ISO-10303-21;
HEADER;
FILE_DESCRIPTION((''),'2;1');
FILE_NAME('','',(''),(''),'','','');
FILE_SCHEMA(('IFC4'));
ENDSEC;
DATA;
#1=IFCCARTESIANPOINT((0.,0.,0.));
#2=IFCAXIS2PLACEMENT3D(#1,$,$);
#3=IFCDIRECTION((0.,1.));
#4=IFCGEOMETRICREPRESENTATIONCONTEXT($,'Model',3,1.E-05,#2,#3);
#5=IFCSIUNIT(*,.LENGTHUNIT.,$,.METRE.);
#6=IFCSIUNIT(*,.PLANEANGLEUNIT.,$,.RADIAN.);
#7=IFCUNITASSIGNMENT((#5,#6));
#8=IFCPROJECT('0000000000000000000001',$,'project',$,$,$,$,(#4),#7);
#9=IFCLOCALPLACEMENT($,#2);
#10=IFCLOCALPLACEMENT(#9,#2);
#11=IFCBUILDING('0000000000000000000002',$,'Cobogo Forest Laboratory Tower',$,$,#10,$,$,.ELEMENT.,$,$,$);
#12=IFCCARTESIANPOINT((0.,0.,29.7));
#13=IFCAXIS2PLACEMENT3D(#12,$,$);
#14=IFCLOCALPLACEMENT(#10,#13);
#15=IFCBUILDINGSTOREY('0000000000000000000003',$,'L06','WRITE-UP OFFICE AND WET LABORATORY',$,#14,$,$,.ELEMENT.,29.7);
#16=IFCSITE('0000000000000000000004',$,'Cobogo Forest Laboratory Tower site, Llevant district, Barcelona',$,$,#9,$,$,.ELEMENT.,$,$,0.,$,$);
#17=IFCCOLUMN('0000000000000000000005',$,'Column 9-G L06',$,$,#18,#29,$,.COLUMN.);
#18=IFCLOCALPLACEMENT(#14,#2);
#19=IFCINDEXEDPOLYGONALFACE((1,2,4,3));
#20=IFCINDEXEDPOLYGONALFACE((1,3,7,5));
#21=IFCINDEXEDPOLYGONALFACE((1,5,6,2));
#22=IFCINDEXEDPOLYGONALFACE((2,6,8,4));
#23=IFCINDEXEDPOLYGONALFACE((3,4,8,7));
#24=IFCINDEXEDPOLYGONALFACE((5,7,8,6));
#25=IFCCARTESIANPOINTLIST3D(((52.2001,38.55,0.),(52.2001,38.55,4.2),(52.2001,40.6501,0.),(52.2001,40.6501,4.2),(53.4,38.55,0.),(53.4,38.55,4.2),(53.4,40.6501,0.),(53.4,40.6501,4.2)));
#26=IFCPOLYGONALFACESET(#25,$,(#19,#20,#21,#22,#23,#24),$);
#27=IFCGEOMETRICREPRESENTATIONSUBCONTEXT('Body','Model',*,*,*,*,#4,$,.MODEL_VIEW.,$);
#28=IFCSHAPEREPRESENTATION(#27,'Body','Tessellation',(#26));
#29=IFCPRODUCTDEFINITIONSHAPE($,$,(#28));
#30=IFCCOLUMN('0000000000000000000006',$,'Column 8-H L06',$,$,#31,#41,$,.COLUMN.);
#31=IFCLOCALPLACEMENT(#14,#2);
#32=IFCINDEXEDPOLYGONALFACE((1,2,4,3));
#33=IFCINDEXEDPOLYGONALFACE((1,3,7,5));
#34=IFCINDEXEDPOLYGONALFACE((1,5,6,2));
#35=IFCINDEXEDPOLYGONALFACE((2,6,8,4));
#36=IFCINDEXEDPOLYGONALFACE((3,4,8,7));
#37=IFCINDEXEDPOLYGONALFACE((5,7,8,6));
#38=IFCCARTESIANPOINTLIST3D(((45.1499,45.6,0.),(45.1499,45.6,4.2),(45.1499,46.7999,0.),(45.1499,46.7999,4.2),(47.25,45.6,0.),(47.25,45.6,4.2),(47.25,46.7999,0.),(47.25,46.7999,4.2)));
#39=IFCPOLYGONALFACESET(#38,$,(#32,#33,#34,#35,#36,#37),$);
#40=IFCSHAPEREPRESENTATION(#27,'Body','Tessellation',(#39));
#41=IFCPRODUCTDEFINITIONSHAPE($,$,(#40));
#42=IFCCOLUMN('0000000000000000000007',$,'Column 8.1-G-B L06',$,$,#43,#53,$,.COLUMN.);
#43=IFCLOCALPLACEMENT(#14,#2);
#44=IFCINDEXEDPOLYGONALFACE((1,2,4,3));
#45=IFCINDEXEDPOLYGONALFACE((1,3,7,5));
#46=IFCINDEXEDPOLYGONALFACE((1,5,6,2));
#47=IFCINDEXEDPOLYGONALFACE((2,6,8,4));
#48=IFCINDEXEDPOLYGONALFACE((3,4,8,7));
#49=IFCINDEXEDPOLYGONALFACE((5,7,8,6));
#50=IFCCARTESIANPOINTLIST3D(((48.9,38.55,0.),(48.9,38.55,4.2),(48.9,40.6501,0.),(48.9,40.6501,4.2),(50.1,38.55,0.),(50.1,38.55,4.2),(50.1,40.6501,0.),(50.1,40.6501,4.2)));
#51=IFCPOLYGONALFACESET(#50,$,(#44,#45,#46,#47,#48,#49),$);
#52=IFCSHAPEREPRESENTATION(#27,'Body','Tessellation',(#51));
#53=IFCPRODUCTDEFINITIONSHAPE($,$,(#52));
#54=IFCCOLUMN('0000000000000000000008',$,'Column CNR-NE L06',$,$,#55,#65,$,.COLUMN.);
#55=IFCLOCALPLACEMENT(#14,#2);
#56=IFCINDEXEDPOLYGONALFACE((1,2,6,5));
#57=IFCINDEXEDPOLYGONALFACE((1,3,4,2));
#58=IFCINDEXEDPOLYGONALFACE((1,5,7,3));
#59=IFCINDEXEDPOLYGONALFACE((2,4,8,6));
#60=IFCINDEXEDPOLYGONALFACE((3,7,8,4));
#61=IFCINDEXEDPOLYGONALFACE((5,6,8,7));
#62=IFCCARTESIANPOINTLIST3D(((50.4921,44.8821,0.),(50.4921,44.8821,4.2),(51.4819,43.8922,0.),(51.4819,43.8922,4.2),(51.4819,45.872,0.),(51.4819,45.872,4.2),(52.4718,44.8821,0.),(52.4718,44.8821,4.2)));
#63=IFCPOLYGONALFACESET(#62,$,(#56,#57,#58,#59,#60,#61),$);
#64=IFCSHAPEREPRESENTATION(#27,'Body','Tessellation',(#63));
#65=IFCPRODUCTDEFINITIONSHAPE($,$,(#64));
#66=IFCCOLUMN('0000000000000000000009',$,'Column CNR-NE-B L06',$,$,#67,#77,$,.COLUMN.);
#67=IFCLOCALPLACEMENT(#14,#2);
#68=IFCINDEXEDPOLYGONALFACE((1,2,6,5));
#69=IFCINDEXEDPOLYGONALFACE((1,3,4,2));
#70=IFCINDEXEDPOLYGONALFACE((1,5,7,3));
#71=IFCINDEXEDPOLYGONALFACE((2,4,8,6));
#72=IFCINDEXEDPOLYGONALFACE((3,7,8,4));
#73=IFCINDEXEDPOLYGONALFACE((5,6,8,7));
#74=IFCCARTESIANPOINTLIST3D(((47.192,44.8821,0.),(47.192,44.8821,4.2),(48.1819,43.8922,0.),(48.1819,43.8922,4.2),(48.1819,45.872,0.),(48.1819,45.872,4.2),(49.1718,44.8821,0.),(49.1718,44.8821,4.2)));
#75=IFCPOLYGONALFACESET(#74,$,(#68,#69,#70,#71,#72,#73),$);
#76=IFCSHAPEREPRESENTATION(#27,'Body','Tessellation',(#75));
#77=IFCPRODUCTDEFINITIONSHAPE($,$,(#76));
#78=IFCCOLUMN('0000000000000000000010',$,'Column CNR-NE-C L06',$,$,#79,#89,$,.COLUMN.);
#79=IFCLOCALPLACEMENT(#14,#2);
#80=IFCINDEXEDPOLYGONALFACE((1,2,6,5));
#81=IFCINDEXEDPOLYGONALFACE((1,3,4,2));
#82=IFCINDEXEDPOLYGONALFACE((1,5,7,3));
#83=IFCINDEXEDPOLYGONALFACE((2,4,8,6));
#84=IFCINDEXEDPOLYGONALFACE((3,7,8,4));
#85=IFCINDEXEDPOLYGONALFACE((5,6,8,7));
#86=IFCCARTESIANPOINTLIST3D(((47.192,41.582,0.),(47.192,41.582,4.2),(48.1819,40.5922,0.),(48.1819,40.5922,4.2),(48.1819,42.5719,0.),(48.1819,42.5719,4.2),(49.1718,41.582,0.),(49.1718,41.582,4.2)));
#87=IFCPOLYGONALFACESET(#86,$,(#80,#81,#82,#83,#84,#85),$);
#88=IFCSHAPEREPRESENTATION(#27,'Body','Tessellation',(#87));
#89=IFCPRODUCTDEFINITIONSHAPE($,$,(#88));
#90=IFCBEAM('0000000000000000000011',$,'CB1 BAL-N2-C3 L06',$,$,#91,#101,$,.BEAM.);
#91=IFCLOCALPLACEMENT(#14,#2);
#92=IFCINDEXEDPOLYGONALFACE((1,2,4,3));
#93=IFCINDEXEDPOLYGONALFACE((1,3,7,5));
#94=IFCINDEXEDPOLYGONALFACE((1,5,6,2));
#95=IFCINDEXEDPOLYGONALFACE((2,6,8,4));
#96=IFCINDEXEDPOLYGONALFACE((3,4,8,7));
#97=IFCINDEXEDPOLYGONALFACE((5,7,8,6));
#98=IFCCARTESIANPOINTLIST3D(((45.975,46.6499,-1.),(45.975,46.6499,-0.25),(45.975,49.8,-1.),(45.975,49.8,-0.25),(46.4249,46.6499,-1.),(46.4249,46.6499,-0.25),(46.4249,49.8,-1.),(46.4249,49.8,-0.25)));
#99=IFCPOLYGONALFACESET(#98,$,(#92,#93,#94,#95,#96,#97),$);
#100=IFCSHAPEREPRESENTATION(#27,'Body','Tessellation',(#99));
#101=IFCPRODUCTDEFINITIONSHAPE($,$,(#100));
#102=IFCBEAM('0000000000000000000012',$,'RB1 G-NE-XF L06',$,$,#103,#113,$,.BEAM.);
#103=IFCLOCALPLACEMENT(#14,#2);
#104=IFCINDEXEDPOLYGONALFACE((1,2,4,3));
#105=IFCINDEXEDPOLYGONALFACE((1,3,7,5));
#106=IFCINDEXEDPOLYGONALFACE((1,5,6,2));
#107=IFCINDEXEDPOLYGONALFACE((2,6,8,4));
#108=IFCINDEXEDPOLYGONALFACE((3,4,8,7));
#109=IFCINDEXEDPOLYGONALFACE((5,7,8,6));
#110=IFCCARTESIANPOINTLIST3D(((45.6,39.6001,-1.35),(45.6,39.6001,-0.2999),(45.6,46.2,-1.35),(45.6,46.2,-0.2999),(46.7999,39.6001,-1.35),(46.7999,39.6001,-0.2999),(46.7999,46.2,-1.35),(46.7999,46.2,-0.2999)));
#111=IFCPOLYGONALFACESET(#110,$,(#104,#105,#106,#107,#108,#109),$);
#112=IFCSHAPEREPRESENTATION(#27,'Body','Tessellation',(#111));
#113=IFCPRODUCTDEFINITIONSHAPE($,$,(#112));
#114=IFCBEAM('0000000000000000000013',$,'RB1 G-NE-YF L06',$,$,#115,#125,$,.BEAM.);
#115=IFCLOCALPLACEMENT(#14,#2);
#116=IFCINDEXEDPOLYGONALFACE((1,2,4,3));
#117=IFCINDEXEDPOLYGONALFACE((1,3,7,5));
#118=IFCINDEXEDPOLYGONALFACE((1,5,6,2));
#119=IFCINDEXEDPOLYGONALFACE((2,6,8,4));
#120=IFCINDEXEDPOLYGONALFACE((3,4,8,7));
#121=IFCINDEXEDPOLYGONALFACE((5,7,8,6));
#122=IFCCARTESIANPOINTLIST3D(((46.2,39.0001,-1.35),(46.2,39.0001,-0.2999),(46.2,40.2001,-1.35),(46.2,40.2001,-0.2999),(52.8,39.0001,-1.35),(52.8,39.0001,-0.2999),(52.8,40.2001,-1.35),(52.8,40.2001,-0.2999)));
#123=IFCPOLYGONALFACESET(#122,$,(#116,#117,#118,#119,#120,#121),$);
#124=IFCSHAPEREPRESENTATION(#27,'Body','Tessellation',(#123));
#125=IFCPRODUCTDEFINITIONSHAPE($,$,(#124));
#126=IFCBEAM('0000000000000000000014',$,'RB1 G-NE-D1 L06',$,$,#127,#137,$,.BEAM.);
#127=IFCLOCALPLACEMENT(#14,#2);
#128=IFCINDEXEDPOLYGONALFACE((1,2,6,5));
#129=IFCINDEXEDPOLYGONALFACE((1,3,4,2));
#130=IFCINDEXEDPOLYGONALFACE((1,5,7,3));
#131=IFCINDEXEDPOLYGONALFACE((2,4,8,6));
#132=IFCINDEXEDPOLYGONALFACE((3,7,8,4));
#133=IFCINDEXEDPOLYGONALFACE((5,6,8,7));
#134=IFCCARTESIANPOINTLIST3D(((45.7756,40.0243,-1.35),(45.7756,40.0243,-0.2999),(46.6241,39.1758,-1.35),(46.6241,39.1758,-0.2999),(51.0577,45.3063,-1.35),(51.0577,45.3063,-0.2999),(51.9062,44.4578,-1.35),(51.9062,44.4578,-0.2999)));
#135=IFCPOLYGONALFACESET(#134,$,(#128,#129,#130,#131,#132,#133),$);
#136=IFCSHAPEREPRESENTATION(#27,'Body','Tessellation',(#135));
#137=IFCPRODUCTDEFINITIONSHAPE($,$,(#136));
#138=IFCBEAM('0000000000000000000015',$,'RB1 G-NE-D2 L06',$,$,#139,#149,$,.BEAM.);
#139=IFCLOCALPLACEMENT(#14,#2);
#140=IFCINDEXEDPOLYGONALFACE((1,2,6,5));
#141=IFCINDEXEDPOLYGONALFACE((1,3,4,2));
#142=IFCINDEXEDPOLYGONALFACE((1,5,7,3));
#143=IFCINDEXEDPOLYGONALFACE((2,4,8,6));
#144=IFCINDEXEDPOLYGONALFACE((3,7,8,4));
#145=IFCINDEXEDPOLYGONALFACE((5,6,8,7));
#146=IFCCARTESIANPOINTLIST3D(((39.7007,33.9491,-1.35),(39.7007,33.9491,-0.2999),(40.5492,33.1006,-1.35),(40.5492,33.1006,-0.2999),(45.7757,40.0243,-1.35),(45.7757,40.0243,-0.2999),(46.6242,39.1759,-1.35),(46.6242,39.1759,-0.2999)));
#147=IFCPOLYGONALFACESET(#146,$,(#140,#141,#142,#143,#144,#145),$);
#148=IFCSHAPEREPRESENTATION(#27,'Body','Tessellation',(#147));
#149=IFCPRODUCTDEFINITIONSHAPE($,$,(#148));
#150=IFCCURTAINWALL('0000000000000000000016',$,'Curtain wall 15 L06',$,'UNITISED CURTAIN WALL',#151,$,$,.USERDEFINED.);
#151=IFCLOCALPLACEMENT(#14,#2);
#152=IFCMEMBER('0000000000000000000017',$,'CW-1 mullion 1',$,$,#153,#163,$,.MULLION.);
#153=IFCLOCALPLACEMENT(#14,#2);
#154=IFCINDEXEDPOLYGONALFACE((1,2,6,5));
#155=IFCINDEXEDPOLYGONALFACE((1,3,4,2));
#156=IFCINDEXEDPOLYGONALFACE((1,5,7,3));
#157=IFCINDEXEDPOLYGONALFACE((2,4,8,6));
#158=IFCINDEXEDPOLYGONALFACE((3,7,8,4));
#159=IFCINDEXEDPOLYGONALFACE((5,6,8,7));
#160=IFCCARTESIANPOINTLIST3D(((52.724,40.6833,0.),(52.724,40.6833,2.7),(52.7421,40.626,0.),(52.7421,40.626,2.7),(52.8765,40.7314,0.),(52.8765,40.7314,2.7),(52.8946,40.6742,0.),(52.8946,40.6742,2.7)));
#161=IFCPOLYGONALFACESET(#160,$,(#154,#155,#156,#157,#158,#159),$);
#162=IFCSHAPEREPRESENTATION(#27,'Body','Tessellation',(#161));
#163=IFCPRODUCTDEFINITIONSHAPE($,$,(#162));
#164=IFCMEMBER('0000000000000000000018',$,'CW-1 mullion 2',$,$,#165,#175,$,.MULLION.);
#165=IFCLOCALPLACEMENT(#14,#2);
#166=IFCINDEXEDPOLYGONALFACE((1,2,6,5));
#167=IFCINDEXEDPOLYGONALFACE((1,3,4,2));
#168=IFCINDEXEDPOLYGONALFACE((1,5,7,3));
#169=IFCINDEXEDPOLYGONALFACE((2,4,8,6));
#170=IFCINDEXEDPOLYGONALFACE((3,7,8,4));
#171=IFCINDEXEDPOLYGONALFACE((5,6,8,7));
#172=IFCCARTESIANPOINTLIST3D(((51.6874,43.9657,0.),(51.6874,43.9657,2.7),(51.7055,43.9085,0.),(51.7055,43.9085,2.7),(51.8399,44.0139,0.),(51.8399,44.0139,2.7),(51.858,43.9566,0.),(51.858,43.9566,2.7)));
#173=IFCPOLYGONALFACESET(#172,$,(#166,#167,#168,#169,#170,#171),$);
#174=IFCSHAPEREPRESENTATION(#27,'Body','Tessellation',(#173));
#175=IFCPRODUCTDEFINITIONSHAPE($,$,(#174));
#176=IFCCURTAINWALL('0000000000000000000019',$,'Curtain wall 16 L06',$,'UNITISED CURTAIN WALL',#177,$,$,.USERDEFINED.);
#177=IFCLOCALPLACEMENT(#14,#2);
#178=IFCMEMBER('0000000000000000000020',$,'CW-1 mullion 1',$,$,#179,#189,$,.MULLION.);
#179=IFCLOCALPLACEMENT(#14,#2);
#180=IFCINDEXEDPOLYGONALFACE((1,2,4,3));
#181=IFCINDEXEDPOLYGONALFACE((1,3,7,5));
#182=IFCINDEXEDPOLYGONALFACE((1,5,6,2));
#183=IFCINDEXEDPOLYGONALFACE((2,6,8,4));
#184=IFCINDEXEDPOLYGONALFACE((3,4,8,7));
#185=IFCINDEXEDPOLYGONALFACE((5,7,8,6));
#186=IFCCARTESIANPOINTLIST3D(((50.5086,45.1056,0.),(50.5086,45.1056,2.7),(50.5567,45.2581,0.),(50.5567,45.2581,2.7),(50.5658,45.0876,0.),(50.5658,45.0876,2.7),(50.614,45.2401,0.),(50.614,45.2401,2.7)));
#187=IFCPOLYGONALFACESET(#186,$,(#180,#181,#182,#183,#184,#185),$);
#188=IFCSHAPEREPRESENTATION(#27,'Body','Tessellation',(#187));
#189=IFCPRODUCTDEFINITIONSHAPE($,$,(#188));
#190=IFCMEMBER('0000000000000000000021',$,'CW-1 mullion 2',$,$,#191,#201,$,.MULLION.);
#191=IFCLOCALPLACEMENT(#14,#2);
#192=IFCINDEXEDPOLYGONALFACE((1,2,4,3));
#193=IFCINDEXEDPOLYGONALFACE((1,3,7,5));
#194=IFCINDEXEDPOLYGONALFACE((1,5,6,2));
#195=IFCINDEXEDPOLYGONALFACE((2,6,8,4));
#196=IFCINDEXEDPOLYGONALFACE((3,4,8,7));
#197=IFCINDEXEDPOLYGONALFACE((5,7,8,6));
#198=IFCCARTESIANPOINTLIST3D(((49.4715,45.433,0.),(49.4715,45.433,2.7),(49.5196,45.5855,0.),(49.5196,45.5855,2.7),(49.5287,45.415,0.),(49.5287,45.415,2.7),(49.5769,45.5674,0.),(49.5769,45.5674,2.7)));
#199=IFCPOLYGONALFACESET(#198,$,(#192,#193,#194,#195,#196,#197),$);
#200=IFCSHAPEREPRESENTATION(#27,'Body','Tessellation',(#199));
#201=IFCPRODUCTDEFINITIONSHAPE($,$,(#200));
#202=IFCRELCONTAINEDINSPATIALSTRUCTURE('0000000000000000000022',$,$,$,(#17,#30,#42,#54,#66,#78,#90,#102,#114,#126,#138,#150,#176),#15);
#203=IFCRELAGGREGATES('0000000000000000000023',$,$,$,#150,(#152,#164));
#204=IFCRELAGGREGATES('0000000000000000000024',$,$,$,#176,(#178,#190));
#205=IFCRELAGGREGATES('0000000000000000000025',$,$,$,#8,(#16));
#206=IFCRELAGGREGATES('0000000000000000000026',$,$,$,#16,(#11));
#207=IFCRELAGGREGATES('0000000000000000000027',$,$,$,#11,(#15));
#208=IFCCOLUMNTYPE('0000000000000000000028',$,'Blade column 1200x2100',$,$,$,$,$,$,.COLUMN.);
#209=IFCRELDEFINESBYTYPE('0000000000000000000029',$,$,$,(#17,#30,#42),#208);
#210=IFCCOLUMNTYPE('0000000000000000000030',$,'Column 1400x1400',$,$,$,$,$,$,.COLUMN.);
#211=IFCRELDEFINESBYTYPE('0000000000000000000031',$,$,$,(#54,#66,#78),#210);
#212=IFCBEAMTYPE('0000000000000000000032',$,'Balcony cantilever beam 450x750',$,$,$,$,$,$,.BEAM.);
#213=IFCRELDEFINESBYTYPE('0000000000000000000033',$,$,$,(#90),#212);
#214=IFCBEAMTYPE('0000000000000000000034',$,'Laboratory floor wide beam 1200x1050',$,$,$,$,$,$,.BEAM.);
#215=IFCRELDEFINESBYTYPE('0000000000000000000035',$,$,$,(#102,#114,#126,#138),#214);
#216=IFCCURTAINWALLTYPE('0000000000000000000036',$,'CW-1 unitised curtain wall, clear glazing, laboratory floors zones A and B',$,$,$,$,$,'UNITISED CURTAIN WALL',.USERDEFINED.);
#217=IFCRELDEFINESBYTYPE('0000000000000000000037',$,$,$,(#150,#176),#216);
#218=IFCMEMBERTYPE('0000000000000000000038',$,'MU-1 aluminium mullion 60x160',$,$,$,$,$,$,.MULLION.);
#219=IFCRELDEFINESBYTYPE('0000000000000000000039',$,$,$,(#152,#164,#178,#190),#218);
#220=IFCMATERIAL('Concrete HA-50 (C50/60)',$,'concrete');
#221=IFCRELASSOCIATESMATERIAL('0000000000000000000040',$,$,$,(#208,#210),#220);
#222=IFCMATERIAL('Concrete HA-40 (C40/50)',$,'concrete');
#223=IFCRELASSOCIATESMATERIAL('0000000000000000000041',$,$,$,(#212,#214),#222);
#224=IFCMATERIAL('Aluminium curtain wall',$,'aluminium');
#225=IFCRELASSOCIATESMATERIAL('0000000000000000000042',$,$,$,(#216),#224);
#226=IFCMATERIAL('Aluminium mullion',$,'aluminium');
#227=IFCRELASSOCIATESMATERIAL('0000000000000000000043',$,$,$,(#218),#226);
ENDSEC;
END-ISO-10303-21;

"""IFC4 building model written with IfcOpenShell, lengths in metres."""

from ifc_helpers import new_model, si_unit, direction, frame, origin, origin_2d, place, context, subcontext, project, spatial, rectangle, extrude, material, material_profile, profile_set, type_object, element, aggregate, save


model = new_model("IFC4")

# Units and contexts
model_context = context("Model", 3, precision=1e-05, world=origin(), true_north=direction((0.0, 1.0)))
body_context = subcontext(model_context, "Body", "Model", "MODEL_VIEW")
ifc_project = project(units=[si_unit("LENGTHUNIT", "METRE"), si_unit("PLANEANGLEUNIT", "RADIAN")], contexts=[model_context])

# Site, building, storey
site_placement = place(None, origin())
site = spatial("IfcSite", under=ifc_project, at=site_placement, Name="Cobogo Forest Laboratory Tower site, Llevant district, Barcelona", CompositionType="ELEMENT", RefElevation=0.0)
building_placement = place(site_placement, origin())
building = spatial("IfcBuilding", under=site, at=building_placement, Name="Cobogo Forest Laboratory Tower", CompositionType="ELEMENT")
storey_placement = place(building_placement, frame((0.0, 0.0, 29.7)))
storey = spatial("IfcBuildingStorey", under=building, at=storey_placement, Name="L06", Description="WRITE-UP OFFICE AND WET LABORATORY", CompositionType="ELEMENT", Elevation=29.7)

# Columns
ifc_material_1 = material(Name="Concrete HA-50 (C50/60)", Category="concrete")
ifc_material_profile_1 = material_profile(ifc_material_1, rectangle(XDim=2.1001, YDim=1.2, at=origin_2d()), Name="RC 1200x2100")
ifc_profile_set_1 = profile_set([ifc_material_profile_1], Name="Concrete HA-50 (C50/60)")
column_type_1 = type_object("IfcColumnType", Name="Blade column 1200x2100", PredefinedType="COLUMN", material=ifc_profile_set_1)
for number, where, z_axis, x_axis, name in (
    (1, (52.8, 39.6001, 0.0), (0.0, 0.0, 1.0), (0.0, 1.0, 0.0), "Column 9-G L06"),
    (2, (46.2, 46.2, 0.0), (0.0, 0.0, 1.0), (1.0, 0.0, 0.0), "Column 8-H L06"),
    (3, (49.5, 39.6001, 0.0), (0.0, 0.0, 1.0), (0.0, 1.0, 0.0), "Column 8.1-G-B L06"),
):
    element("IfcColumn", number, at=place(storey_placement, frame(where, z_axis=z_axis, x_axis=x_axis)), inside=storey, type_object=column_type_1, Name=name, PredefinedType="COLUMN", context=body_context, shape_type="SweptSolid", body=[
        extrude(rectangle(XDim=2.1001, YDim=1.2, at=origin_2d()), origin(), (0.0, 0.0, 1.0), 4.2),
    ])
ifc_material_profile_2 = material_profile(ifc_material_1, rectangle(XDim=1.3999, YDim=1.3999, at=origin_2d()), Name="RC 1400x1400")
ifc_profile_set_2 = profile_set([ifc_material_profile_2], Name="Concrete HA-50 (C50/60)")
column_type_2 = type_object("IfcColumnType", Name="Column 1400x1400", PredefinedType="COLUMN", material=ifc_profile_set_2)
for number, where, z_axis, x_axis, name in (
    (4, (51.4819, 44.8821, 0.0), (0.0, 0.0, 1.0), (0.707107, 0.707107, 0.0), "Column CNR-NE L06"),
    (5, (48.1819, 44.8821, 0.0), (0.0, 0.0, 1.0), (0.707107, 0.707107, 0.0), "Column CNR-NE-B L06"),
    (6, (48.1819, 41.582, 0.0), (0.0, 0.0, 1.0), (0.707107, 0.707107, 0.0), "Column CNR-NE-C L06"),
):
    element("IfcColumn", number, at=place(storey_placement, frame(where, z_axis=z_axis, x_axis=x_axis)), inside=storey, type_object=column_type_2, Name=name, PredefinedType="COLUMN", context=body_context, shape_type="SweptSolid", body=[
        extrude(rectangle(XDim=1.3999, YDim=1.3999, at=origin_2d()), origin(), (0.0, 0.0, 1.0), 4.2),
    ])

# Beams
ifc_material_2 = material(Name="Concrete HA-40 (C40/50)", Category="concrete")
ifc_material_profile_3 = material_profile(ifc_material_2, rectangle(XDim=0.45, YDim=0.75, at=origin_2d()), Name="RC 450x750")
ifc_profile_set_3 = profile_set([ifc_material_profile_3], Name="Concrete HA-40 (C40/50)")
beam_type_1 = type_object("IfcBeamType", Name="Balcony cantilever beam 450x750", PredefinedType="BEAM", material=ifc_profile_set_3)
beam_1_placement = place(storey_placement, frame((46.2, 46.6499, -0.625), z_axis=(0.0, 1.0, 0.0), x_axis=(-1.0, 0.0, 0.0)))
element("IfcBeam", 7, at=beam_1_placement, inside=storey, type_object=beam_type_1, Name="CB1 BAL-N2-C3 L06", PredefinedType="BEAM", context=body_context, shape_type="SweptSolid", body=[
    extrude(rectangle(XDim=0.45, YDim=0.75, at=origin_2d()), origin(), (0.0, 0.0, 1.0), 3.1501),
])
ifc_material_profile_4 = material_profile(ifc_material_2, rectangle(XDim=1.2, YDim=1.05, at=origin_2d()), Name="RC 1200x1050")
ifc_profile_set_4 = profile_set([ifc_material_profile_4], Name="Concrete HA-40 (C40/50)")
beam_type_2 = type_object("IfcBeamType", Name="Laboratory floor wide beam 1200x1050", PredefinedType="BEAM", material=ifc_profile_set_4)
beam_2_placement = place(storey_placement, frame((46.2, 46.2, -0.825), z_axis=(0.0, -1.0, 0.0), x_axis=(1.0, 0.0, 0.0)))
element("IfcBeam", 8, at=beam_2_placement, inside=storey, type_object=beam_type_2, Name="RB1 G-NE-XF L06", PredefinedType="BEAM", context=body_context, shape_type="SweptSolid", body=[
    extrude(rectangle(XDim=1.2, YDim=1.05, at=origin_2d()), origin(), (0.0, 0.0, 1.0), 6.5999),
])
beam_3_placement = place(storey_placement, frame((52.8, 39.6001, -0.825), z_axis=(-1.0, 0.0, 0.0), x_axis=(0.0, -1.0, 0.0)))
element("IfcBeam", 9, at=beam_3_placement, inside=storey, type_object=beam_type_2, Name="RB1 G-NE-YF L06", PredefinedType="BEAM", context=body_context, shape_type="SweptSolid", body=[
    extrude(rectangle(XDim=1.2, YDim=1.05, at=origin_2d()), origin(), (0.0, 0.0, 1.0), 6.6001),
])
beam_4_placement = place(storey_placement, frame((51.4819, 44.8821, -0.825), z_axis=(-0.707107, -0.707107, 0.0), x_axis=(0.707107, -0.707107, 0.0)))
element("IfcBeam", 10, at=beam_4_placement, inside=storey, type_object=beam_type_2, Name="RB1 G-NE-D1 L06", PredefinedType="BEAM", context=body_context, shape_type="SweptSolid", body=[
    extrude(rectangle(XDim=1.2, YDim=1.05, at=origin_2d()), origin(), (0.0, 0.0, 1.0), 7.47),
])
beam_5_placement = place(storey_placement, frame((46.2, 39.6001, -0.825), z_axis=(-0.707093, -0.707121, 0.0), x_axis=(0.707121, -0.707093, 0.0)))
element("IfcBeam", 11, at=beam_5_placement, inside=storey, type_object=beam_type_2, Name="RB1 G-NE-D2 L06", PredefinedType="BEAM", context=body_context, shape_type="SweptSolid", body=[
    extrude(rectangle(XDim=1.2, YDim=1.05, at=origin_2d()), origin(), (0.0, 0.0, 1.0), 8.5916),
])

# Curtain walls, members
ifc_material_3 = material(Name="Aluminium curtain wall", Category="aluminium")
curtain_wall_type = type_object("IfcCurtainWallType", Name="CW-1 unitised curtain wall, clear glazing, laboratory floors zones A and B", ElementType="UNITISED CURTAIN WALL", PredefinedType="USERDEFINED", material=ifc_material_3)
curtain_wall_1_placement = place(storey_placement, origin())
curtain_wall_1 = element("IfcCurtainWall", 12, at=curtain_wall_1_placement, inside=storey, type_object=curtain_wall_type, Name="Curtain wall 15 L06", ObjectType="UNITISED CURTAIN WALL", PredefinedType="USERDEFINED")
ifc_material_4 = material(Name="Aluminium mullion", Category="aluminium")
ifc_material_profile_5 = material_profile(ifc_material_4, rectangle(XDim=0.0601, YDim=0.1599, at=origin_2d()), Name="AL 60x160")
ifc_profile_set_5 = profile_set([ifc_material_profile_5], Name="Aluminium mullion")
member_type_1 = type_object("IfcMemberType", Name="MU-1 aluminium mullion 60x160", PredefinedType="MULLION", material=ifc_profile_set_5)
member_1_placement = place(storey_placement, frame((52.8093, 40.6787, 0.0), z_axis=(0.0, 0.0, 1.0), x_axis=(-0.301135, 0.953581, 0.0)))
member_1 = element("IfcMember", 13, at=member_1_placement, type_object=member_type_1, Name="CW-1 mullion 1", PredefinedType="MULLION", context=body_context, shape_type="SweptSolid", body=[
    extrude(rectangle(XDim=0.0601, YDim=0.1599, at=origin_2d()), origin(), (0.0, 0.0, 1.0), 2.7),
])
member_2_placement = place(storey_placement, frame((51.7727, 43.9612, 0.0), z_axis=(0.0, 0.0, 1.0), x_axis=(-0.301135, 0.953581, 0.0)))
member_2 = element("IfcMember", 14, at=member_2_placement, type_object=member_type_1, Name="CW-1 mullion 2", PredefinedType="MULLION", context=body_context, shape_type="SweptSolid", body=[
    extrude(rectangle(XDim=0.0601, YDim=0.1599, at=origin_2d()), origin(), (0.0, 0.0, 1.0), 2.7),
])
curtain_wall_2_placement = place(storey_placement, origin())
curtain_wall_2 = element("IfcCurtainWall", 15, at=curtain_wall_2_placement, inside=storey, type_object=curtain_wall_type, Name="Curtain wall 16 L06", ObjectType="UNITISED CURTAIN WALL", PredefinedType="USERDEFINED")
member_3_placement = place(storey_placement, frame((50.5613, 45.1729, 0.0), z_axis=(0.0, 0.0, 1.0), x_axis=(-0.953581, 0.301135, 0.0)))
member_3 = element("IfcMember", 16, at=member_3_placement, type_object=member_type_1, Name="CW-1 mullion 1", PredefinedType="MULLION", context=body_context, shape_type="SweptSolid", body=[
    extrude(rectangle(XDim=0.0601, YDim=0.1599, at=origin_2d()), origin(), (0.0, 0.0, 1.0), 2.7),
])
member_4_placement = place(storey_placement, frame((49.5242, 45.5002, 0.0), z_axis=(0.0, 0.0, 1.0), x_axis=(-0.953581, 0.301135, 0.0)))
member_4 = element("IfcMember", 17, at=member_4_placement, type_object=member_type_1, Name="CW-1 mullion 2", PredefinedType="MULLION", context=body_context, shape_type="SweptSolid", body=[
    extrude(rectangle(XDim=0.0601, YDim=0.1599, at=origin_2d()), origin(), (0.0, 0.0, 1.0), 2.7),
])

aggregate(curtain_wall_1, [member_1, member_2])
aggregate(curtain_wall_2, [member_3, member_4])

save(model, "model.ifc")
